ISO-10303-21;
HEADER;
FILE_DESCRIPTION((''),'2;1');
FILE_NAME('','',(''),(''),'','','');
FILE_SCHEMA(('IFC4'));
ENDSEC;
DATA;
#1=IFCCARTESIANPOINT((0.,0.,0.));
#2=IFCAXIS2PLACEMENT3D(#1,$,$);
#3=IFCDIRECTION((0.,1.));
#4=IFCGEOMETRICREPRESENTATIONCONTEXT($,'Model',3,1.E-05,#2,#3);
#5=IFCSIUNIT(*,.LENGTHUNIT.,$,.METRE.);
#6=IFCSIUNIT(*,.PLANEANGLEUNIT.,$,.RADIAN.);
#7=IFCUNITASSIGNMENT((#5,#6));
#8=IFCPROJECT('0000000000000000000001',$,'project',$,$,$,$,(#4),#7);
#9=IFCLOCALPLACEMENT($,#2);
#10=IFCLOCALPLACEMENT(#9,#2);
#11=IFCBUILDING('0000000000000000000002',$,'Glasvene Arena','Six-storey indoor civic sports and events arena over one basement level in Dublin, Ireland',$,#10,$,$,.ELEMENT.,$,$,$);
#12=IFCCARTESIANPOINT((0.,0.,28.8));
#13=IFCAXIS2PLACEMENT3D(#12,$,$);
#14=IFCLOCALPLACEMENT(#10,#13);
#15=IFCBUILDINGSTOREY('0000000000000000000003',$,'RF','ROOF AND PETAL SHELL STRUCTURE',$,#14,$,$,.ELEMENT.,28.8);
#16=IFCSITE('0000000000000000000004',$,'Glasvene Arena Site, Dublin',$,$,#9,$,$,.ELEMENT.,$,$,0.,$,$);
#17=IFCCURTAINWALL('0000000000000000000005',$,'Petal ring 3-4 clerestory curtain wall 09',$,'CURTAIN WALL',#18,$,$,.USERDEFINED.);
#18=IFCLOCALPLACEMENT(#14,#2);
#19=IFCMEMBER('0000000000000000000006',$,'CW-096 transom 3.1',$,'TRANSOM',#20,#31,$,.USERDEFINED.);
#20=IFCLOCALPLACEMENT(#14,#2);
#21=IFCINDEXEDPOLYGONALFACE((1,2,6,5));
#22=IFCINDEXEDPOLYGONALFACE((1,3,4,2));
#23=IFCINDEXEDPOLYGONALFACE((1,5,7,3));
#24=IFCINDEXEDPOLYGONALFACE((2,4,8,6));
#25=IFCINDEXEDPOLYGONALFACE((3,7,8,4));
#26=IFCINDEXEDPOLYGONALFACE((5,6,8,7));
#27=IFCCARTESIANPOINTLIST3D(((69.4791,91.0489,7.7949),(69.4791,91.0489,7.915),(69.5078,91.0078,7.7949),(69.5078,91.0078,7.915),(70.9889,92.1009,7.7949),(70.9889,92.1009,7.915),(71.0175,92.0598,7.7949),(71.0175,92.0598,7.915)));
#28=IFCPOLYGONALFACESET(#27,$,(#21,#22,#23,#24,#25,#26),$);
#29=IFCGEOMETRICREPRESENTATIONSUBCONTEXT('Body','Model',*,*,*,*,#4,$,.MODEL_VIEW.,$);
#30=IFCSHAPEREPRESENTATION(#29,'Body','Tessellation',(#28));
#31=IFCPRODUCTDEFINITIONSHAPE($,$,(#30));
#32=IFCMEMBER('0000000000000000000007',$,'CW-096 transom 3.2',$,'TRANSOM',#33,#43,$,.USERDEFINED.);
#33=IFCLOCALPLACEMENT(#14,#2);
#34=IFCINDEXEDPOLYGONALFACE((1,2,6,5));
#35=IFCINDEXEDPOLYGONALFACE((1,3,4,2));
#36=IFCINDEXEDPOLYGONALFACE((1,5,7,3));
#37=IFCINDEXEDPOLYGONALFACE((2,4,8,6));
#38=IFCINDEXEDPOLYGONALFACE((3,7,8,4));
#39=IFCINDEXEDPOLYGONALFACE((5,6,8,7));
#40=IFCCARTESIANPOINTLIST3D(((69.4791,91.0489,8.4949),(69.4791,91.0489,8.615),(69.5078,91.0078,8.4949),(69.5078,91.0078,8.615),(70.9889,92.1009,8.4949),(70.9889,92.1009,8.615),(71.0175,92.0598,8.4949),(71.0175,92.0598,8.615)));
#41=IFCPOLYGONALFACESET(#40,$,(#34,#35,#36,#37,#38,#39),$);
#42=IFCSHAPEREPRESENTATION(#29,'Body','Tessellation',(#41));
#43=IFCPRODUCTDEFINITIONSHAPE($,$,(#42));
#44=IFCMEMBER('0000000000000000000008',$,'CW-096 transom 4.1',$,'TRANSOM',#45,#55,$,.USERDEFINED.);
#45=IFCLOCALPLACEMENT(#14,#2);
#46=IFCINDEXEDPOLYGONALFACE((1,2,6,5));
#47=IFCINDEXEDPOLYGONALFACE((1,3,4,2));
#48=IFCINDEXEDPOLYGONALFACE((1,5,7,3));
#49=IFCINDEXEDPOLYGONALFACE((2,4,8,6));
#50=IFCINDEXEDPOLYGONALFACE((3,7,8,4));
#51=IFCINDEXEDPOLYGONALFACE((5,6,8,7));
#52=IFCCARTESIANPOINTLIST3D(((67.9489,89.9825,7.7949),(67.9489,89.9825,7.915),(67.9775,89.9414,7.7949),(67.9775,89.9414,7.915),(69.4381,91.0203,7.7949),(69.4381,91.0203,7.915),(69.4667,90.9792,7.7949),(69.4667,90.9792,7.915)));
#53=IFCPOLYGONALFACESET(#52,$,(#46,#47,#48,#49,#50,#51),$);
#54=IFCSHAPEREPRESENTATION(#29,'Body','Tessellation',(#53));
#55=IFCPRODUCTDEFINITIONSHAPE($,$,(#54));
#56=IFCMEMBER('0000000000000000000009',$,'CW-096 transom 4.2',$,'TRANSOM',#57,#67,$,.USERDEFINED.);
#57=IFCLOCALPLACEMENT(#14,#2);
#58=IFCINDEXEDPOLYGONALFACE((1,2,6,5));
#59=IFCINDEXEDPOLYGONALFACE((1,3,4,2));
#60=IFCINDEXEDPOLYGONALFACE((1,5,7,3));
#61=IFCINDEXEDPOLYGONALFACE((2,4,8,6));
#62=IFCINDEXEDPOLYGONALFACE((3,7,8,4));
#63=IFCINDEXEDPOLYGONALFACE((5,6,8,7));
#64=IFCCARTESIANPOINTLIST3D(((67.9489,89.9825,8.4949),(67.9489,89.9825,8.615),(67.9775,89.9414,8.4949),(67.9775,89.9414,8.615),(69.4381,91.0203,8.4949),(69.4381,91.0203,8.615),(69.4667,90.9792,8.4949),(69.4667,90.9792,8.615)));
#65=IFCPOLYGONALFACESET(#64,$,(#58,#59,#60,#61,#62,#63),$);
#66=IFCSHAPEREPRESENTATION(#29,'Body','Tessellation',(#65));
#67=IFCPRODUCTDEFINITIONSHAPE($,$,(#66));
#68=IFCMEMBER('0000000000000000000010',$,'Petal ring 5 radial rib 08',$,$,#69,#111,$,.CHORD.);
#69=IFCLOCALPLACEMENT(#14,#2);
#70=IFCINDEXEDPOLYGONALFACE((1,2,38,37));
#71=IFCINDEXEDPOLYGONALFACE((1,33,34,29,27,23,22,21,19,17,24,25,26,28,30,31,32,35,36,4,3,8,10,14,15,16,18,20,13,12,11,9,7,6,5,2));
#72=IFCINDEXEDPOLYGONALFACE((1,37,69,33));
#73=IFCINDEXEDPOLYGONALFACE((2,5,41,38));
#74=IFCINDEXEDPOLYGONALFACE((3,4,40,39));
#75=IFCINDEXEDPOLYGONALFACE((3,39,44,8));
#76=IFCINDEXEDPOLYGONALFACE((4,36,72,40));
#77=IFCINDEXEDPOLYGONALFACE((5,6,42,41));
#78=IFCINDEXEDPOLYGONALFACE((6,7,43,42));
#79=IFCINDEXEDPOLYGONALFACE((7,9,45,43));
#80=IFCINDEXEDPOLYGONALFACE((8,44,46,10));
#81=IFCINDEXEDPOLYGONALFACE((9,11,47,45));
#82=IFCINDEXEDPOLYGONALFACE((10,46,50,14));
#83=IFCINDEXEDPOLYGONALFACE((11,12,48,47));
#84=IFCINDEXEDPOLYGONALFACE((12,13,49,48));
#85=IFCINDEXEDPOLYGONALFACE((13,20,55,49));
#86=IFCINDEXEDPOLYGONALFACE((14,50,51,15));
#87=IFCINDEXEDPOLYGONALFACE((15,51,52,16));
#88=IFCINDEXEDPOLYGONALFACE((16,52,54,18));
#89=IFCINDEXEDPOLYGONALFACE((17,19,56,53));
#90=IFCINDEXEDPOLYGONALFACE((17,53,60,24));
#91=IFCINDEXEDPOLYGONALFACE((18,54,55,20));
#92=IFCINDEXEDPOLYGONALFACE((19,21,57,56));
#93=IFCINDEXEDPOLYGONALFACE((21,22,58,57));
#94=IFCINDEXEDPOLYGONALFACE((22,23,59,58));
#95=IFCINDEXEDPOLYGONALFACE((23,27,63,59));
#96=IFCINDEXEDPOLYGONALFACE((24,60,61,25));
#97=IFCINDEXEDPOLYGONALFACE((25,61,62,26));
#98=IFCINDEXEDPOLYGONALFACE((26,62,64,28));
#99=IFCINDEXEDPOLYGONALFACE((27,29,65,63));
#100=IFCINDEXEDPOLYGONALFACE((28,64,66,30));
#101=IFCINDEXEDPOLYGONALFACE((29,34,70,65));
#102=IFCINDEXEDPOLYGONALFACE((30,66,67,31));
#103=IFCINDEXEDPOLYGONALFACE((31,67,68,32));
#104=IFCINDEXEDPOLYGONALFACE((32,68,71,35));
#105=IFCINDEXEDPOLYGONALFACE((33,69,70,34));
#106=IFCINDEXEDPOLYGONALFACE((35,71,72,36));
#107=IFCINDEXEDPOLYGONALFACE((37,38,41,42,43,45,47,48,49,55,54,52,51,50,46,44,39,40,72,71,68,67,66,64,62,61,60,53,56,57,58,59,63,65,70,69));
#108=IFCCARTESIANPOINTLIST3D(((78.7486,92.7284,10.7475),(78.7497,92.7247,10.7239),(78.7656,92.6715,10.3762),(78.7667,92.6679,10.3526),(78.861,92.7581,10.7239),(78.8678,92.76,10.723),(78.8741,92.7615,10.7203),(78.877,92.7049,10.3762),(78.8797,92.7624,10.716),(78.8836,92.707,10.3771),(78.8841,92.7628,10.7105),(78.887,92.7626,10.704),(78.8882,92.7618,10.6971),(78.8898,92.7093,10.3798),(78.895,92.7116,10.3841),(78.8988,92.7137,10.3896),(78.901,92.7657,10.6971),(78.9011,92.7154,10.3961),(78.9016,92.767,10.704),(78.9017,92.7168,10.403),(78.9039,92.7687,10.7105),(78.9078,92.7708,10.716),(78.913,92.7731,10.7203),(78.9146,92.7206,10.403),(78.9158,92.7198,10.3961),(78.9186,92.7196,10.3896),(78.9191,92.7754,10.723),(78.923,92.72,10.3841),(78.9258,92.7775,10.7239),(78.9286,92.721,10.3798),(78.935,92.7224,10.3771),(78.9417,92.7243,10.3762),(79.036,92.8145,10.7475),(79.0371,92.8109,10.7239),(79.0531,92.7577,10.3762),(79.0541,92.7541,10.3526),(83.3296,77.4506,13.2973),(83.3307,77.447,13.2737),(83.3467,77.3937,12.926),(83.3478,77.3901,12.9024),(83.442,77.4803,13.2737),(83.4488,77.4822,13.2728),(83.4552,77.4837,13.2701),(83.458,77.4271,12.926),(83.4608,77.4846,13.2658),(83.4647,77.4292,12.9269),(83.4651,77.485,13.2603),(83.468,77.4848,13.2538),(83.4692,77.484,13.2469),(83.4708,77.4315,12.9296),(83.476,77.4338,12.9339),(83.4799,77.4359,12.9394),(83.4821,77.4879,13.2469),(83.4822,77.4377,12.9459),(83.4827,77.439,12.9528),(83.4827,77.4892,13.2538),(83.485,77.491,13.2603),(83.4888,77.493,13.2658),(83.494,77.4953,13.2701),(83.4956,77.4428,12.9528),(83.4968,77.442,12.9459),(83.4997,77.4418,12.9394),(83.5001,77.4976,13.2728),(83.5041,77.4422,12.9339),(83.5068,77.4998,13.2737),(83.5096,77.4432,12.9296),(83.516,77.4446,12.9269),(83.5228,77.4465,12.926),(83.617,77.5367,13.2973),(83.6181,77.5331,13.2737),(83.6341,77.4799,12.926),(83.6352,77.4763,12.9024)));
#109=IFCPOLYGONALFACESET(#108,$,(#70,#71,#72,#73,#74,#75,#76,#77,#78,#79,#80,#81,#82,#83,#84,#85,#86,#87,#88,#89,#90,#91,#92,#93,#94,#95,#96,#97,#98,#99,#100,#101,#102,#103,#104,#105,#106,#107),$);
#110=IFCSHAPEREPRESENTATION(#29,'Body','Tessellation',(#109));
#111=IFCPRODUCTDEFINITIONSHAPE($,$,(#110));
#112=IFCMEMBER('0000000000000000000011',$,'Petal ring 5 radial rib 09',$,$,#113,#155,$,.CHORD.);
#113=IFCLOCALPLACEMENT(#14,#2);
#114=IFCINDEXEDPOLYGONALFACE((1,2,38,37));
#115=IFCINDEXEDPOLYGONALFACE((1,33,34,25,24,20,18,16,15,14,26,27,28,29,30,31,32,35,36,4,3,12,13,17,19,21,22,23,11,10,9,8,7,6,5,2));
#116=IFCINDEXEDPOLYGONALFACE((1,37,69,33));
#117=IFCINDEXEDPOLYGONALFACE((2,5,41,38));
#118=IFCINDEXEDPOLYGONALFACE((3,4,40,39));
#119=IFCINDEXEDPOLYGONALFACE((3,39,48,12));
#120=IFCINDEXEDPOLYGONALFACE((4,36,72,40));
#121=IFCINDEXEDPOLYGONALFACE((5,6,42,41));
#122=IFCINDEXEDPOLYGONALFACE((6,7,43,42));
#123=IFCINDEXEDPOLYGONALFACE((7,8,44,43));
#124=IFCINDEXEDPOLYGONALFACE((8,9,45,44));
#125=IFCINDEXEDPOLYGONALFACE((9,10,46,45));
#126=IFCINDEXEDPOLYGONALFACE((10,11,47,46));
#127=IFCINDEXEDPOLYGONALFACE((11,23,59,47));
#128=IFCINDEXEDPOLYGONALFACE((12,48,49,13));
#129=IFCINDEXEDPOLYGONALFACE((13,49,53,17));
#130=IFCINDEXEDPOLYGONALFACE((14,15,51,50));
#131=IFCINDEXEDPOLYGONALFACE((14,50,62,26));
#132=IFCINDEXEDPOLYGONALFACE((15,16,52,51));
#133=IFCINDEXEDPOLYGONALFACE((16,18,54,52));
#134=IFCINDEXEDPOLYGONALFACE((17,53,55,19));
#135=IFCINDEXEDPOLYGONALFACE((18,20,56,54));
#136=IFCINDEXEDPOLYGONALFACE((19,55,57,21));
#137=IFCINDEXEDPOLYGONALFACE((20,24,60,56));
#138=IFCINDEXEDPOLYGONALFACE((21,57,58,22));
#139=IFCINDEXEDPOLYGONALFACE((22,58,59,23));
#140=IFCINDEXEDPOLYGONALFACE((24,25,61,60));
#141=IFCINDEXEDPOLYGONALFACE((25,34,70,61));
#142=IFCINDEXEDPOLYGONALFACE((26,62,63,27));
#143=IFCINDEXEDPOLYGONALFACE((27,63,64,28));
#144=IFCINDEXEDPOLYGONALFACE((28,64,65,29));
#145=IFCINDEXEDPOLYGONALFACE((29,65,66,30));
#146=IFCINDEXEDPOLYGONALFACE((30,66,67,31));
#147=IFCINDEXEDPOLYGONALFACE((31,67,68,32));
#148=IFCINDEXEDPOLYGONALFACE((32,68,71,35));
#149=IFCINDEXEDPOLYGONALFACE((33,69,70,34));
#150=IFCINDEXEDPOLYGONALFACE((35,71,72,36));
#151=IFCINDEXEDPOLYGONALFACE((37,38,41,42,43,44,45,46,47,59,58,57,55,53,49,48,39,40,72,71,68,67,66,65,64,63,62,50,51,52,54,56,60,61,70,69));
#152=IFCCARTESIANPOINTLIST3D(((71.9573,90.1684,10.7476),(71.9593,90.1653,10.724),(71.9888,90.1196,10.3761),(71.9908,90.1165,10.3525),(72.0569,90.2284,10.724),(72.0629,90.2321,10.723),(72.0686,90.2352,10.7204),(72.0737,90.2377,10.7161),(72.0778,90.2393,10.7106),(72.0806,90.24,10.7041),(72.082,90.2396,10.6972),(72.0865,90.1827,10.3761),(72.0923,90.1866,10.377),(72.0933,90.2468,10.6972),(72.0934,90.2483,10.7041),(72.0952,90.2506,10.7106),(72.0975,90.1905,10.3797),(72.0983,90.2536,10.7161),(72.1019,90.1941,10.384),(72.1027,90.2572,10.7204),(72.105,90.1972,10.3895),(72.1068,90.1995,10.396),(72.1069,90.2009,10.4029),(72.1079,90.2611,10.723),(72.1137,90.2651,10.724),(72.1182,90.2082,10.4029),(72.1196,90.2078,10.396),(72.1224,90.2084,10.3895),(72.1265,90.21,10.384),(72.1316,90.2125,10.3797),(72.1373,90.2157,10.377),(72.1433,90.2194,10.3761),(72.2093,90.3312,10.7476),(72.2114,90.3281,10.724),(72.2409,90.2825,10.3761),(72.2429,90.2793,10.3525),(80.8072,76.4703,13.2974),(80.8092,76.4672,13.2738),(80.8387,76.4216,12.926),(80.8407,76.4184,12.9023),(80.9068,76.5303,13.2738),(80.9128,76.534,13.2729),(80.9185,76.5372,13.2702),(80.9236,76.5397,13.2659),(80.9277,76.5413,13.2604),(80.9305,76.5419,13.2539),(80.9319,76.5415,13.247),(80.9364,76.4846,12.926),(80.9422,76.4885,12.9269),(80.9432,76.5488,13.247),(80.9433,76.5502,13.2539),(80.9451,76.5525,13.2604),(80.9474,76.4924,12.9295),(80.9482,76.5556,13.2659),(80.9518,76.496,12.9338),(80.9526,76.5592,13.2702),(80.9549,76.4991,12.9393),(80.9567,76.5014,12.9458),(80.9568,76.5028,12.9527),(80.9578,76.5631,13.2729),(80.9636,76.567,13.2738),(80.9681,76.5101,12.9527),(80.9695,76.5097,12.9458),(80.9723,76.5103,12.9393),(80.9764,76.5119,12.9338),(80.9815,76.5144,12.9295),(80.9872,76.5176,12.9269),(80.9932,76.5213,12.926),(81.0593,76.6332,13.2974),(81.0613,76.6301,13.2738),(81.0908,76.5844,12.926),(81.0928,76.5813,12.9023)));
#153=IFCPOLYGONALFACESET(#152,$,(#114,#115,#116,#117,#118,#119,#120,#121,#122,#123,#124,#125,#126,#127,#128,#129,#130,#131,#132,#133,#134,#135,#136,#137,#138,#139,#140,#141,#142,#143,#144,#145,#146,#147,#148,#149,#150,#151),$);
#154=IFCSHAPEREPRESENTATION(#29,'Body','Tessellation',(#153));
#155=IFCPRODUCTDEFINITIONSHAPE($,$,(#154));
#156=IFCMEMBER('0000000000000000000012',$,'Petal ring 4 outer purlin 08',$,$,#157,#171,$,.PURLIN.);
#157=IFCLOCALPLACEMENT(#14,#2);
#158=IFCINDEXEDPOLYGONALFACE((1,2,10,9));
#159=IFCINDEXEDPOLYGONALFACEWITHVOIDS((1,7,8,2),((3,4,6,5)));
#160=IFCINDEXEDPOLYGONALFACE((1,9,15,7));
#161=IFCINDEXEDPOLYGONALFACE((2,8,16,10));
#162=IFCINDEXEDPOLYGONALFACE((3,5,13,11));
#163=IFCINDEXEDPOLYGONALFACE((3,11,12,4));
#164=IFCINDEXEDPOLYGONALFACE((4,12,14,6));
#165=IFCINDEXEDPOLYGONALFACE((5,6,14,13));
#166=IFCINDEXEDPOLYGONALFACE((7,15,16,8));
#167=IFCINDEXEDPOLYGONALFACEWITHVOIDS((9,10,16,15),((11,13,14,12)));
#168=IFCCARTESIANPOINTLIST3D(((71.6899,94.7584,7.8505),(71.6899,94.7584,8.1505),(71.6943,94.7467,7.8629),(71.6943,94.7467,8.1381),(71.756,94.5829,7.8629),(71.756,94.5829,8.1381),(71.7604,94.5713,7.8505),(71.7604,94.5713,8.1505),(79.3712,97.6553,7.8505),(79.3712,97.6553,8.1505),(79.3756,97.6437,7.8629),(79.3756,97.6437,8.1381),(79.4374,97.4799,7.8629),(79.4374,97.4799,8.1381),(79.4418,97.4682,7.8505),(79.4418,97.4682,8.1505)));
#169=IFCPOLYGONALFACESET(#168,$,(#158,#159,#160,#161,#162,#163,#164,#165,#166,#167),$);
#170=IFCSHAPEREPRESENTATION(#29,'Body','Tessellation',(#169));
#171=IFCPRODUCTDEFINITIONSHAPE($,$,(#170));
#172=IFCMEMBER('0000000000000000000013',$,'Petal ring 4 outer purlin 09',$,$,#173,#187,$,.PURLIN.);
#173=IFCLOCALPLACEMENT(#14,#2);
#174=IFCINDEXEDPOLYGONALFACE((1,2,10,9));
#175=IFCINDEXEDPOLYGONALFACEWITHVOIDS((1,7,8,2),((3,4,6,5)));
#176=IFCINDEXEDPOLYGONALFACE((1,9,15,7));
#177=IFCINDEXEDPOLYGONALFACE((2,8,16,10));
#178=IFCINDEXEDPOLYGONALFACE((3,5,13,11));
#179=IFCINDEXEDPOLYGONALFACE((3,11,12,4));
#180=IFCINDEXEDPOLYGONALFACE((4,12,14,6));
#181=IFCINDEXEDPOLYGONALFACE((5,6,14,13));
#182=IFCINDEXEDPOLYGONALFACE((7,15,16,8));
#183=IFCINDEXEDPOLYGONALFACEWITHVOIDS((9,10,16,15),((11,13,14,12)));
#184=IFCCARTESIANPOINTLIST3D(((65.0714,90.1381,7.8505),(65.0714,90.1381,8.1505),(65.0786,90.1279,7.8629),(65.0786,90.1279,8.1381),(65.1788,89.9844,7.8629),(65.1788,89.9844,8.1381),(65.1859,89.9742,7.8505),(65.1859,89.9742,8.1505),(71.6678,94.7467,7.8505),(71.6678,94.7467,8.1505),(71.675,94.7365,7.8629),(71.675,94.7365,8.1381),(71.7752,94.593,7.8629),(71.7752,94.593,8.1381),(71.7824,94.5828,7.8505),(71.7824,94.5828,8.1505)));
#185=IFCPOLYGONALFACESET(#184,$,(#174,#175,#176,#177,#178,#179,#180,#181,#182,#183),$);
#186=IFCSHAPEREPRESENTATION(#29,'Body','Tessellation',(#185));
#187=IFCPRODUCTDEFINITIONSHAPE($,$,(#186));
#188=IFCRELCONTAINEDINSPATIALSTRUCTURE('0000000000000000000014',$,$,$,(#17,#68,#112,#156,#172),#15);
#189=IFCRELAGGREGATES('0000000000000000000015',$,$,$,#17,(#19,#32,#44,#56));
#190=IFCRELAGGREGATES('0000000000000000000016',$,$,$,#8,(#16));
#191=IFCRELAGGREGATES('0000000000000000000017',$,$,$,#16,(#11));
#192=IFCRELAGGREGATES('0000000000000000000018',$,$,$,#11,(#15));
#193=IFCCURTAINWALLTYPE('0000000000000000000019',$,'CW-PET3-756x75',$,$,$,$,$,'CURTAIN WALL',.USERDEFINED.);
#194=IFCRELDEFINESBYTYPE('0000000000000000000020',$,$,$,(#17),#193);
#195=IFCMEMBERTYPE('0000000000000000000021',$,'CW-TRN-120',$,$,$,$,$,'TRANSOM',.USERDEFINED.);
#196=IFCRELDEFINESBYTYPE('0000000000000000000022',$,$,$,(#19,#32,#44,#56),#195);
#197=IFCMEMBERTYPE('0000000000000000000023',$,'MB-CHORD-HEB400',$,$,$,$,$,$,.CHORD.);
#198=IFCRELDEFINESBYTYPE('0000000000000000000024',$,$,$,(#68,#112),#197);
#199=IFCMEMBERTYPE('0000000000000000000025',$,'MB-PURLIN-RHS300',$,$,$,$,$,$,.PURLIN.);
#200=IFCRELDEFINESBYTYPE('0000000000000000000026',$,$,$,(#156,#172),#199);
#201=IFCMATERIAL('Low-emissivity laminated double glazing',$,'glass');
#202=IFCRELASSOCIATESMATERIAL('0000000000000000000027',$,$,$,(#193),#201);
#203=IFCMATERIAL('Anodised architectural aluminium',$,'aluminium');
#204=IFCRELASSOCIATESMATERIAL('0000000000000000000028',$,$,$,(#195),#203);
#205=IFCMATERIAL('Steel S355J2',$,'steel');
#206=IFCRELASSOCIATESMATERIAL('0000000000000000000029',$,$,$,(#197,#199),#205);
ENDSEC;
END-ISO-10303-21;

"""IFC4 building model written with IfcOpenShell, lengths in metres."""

from ifc_helpers import new_model, si_unit, direction, frame, origin, origin_2d, place, context, subcontext, project, spatial, rectangle, hollow_rectangle, i_section, extrude, material, material_profile, profile_set, type_object, element, aggregate, save


model = new_model("IFC4")

# Units and contexts
model_context = context("Model", 3, precision=1e-05, world=origin(), true_north=direction((0.0, 1.0)))
body_context = subcontext(model_context, "Body", "Model", "MODEL_VIEW")
ifc_project = project(units=[si_unit("LENGTHUNIT", "METRE"), si_unit("PLANEANGLEUNIT", "RADIAN")], contexts=[model_context])

# Site, building, storey
site_placement = place(None, origin())
site = spatial("IfcSite", under=ifc_project, at=site_placement, Name="Glasvene Arena Site, Dublin", CompositionType="ELEMENT", RefElevation=0.0)
building_placement = place(site_placement, origin())
building = spatial("IfcBuilding", under=site, at=building_placement, Name="Glasvene Arena", Description="Six-storey indoor civic sports and events arena over one basement level in Dublin, Ireland", CompositionType="ELEMENT")
storey_placement = place(building_placement, frame((0.0, 0.0, 28.8)))
storey = spatial("IfcBuildingStorey", under=building, at=storey_placement, Name="RF", Description="ROOF AND PETAL SHELL STRUCTURE", CompositionType="ELEMENT", Elevation=28.8)

# Curtain wall
ifc_material_1 = material(Name="Low-emissivity laminated double glazing", Category="glass")
ifc_material_2 = material(Name="Anodised architectural aluminium", Category="aluminium")
curtain_wall_type_1 = type_object("IfcCurtainWallType", Name="CW-PET3-756x75", ElementType="CURTAIN WALL", PredefinedType="USERDEFINED", material=ifc_material_1)
curtain_wall_1_placement = place(storey_placement, frame((74.125, 94.2559, 0.0)))
curtain_wall_1 = element("IfcCurtainWall", 1, at=curtain_wall_1_placement, inside=storey, type_object=curtain_wall_type_1, Name="Petal ring 3-4 clerestory curtain wall 09", ObjectType="CURTAIN WALL", PredefinedType="USERDEFINED")

# Members
ifc_material_profile_1 = material_profile(ifc_material_2, rectangle(XDim=0.05, YDim=0.1201, at=origin_2d()), Name="ALU TRANSOM 50x120")
ifc_profile_set_1 = profile_set([ifc_material_profile_1], Name="Anodised architectural aluminium")
member_type_1 = type_object("IfcMemberType", Name="CW-TRN-120", ElementType="TRANSOM", PredefinedType="USERDEFINED", material=ifc_profile_set_1)
member_1_placement = place(storey_placement, frame((71.0032, 92.0803, 7.855), z_axis=(-0.820464, -0.571698, 0.0), x_axis=(0.571698, -0.820464, 0.0)))
member_1 = element("IfcMember", 2, at=member_1_placement, type_object=member_type_1, Name="CW-096 transom 3.1", ObjectType="TRANSOM", PredefinedType="USERDEFINED", context=body_context, shape_type="SweptSolid", body=[
    extrude(rectangle(XDim=0.05, YDim=0.1201, at=origin_2d()), origin(), (0.0, 0.0, 1.0), 1.8401),
])
member_2_placement = place(storey_placement, frame((71.0032, 92.0803, 8.5549), z_axis=(-0.820464, -0.571698, 0.0), x_axis=(0.571698, -0.820464, 0.0)))
member_2 = element("IfcMember", 3, at=member_2_placement, type_object=member_type_1, Name="CW-096 transom 3.2", ObjectType="TRANSOM", PredefinedType="USERDEFINED", context=body_context, shape_type="SweptSolid", body=[
    extrude(rectangle(XDim=0.05, YDim=0.1201, at=origin_2d()), origin(), (0.0, 0.0, 1.0), 1.8401),
])
member_3_placement = place(storey_placement, frame((69.4524, 90.9998, 7.855), z_axis=(-0.820431, -0.571746, 0.0), x_axis=(0.571746, -0.820431, 0.0)))
member_3 = element("IfcMember", 4, at=member_3_placement, type_object=member_type_1, Name="CW-096 transom 4.1", ObjectType="TRANSOM", PredefinedType="USERDEFINED", context=body_context, shape_type="SweptSolid", body=[
    extrude(rectangle(XDim=0.05, YDim=0.1201, at=origin_2d()), origin(), (0.0, 0.0, 1.0), 1.8152),
])
member_4_placement = place(storey_placement, frame((69.4524, 90.9998, 8.5549), z_axis=(-0.820431, -0.571746, 0.0), x_axis=(0.571746, -0.820431, 0.0)))
member_4 = element("IfcMember", 5, at=member_4_placement, type_object=member_type_1, Name="CW-096 transom 4.2", ObjectType="TRANSOM", PredefinedType="USERDEFINED", context=body_context, shape_type="SweptSolid", body=[
    extrude(rectangle(XDim=0.05, YDim=0.1201, at=origin_2d()), origin(), (0.0, 0.0, 1.0), 1.8152),
])

# Members
ifc_material_3 = material(Name="Steel S355J2", Category="steel")
ifc_material_profile_2 = material_profile(ifc_material_3, i_section(OverallWidth=0.3, OverallDepth=0.3999, WebThickness=0.0134, FlangeThickness=0.0239, FilletRadius=0.0271, at=origin_2d()), Name="HEB 400")
ifc_profile_set_2 = profile_set([ifc_material_profile_2], Name="Steel S355J2")
member_type_2 = type_object("IfcMemberType", Name="MB-CHORD-HEB400", PredefinedType="CHORD", material=ifc_profile_set_2)
member_5_placement = place(storey_placement, frame((78.9014, 92.7412, 10.55), z_axis=(0.283615, -0.945856, 0.157859), x_axis=(0.957866, 0.287216, 0.0)))
element("IfcMember", 6, at=member_5_placement, inside=storey, type_object=member_type_2, Name="Petal ring 5 radial rib 08", PredefinedType="CHORD", context=body_context, shape_type="SweptSolid", body=[
    extrude(i_section(OverallWidth=0.3, OverallDepth=0.3999, WebThickness=0.0134, FlangeThickness=0.0239, FilletRadius=0.0271, at=origin_2d()), origin(), (0.0, 0.0, 1.0), 16.1523),
])
member_6_placement = place(storey_placement, frame((72.1001, 90.2239, 10.55), z_axis=(0.536151, -0.829867, 0.154475), x_axis=(0.839949, 0.542665, 0.0)))
element("IfcMember", 7, at=member_6_placement, inside=storey, type_object=member_type_2, Name="Petal ring 5 radial rib 09", PredefinedType="CHORD", context=body_context, shape_type="SweptSolid", body=[
    extrude(i_section(OverallWidth=0.3, OverallDepth=0.3999, WebThickness=0.0134, FlangeThickness=0.0239, FilletRadius=0.0271, at=origin_2d()), origin(), (0.0, 0.0, 1.0), 16.5063),
])
ifc_material_profile_3 = material_profile(ifc_material_3, hollow_rectangle(XDim=0.2, YDim=0.3, WallThickness=0.0125, at=origin_2d()), Name="RHS 300x200x12.5")
ifc_profile_set_3 = profile_set([ifc_material_profile_3], Name="Steel S355J2")
member_type_3 = type_object("IfcMemberType", Name="MB-PURLIN-RHS300", PredefinedType="PURLIN", material=ifc_profile_set_3)
member_7_placement = place(storey_placement, frame((79.4065, 97.5618, 8.0005), z_axis=(-0.935669, -0.352879, 0.0), x_axis=(0.352879, -0.935669, 0.0)))
element("IfcMember", 8, at=member_7_placement, inside=storey, type_object=member_type_3, Name="Petal ring 4 outer purlin 08", PredefinedType="PURLIN", context=body_context, shape_type="SweptSolid", body=[
    extrude(hollow_rectangle(XDim=0.2, YDim=0.3, WallThickness=0.0125, at=origin_2d()), origin(), (0.0, 0.0, 1.0), 8.2095),
])
member_8_placement = place(storey_placement, frame((71.7251, 94.6648, 8.0005), z_axis=(-0.819749, -0.572723, 0.0), x_axis=(0.572723, -0.819749, 0.0)))
element("IfcMember", 9, at=member_8_placement, inside=storey, type_object=member_type_3, Name="Petal ring 4 outer purlin 09", PredefinedType="PURLIN", context=body_context, shape_type="SweptSolid", body=[
    extrude(hollow_rectangle(XDim=0.2, YDim=0.3, WallThickness=0.0125, at=origin_2d()), origin(), (0.0, 0.0, 1.0), 8.0469),
])

aggregate(curtain_wall_1, [member_1, member_2, member_3, member_4])

save(model, "model.ifc")
